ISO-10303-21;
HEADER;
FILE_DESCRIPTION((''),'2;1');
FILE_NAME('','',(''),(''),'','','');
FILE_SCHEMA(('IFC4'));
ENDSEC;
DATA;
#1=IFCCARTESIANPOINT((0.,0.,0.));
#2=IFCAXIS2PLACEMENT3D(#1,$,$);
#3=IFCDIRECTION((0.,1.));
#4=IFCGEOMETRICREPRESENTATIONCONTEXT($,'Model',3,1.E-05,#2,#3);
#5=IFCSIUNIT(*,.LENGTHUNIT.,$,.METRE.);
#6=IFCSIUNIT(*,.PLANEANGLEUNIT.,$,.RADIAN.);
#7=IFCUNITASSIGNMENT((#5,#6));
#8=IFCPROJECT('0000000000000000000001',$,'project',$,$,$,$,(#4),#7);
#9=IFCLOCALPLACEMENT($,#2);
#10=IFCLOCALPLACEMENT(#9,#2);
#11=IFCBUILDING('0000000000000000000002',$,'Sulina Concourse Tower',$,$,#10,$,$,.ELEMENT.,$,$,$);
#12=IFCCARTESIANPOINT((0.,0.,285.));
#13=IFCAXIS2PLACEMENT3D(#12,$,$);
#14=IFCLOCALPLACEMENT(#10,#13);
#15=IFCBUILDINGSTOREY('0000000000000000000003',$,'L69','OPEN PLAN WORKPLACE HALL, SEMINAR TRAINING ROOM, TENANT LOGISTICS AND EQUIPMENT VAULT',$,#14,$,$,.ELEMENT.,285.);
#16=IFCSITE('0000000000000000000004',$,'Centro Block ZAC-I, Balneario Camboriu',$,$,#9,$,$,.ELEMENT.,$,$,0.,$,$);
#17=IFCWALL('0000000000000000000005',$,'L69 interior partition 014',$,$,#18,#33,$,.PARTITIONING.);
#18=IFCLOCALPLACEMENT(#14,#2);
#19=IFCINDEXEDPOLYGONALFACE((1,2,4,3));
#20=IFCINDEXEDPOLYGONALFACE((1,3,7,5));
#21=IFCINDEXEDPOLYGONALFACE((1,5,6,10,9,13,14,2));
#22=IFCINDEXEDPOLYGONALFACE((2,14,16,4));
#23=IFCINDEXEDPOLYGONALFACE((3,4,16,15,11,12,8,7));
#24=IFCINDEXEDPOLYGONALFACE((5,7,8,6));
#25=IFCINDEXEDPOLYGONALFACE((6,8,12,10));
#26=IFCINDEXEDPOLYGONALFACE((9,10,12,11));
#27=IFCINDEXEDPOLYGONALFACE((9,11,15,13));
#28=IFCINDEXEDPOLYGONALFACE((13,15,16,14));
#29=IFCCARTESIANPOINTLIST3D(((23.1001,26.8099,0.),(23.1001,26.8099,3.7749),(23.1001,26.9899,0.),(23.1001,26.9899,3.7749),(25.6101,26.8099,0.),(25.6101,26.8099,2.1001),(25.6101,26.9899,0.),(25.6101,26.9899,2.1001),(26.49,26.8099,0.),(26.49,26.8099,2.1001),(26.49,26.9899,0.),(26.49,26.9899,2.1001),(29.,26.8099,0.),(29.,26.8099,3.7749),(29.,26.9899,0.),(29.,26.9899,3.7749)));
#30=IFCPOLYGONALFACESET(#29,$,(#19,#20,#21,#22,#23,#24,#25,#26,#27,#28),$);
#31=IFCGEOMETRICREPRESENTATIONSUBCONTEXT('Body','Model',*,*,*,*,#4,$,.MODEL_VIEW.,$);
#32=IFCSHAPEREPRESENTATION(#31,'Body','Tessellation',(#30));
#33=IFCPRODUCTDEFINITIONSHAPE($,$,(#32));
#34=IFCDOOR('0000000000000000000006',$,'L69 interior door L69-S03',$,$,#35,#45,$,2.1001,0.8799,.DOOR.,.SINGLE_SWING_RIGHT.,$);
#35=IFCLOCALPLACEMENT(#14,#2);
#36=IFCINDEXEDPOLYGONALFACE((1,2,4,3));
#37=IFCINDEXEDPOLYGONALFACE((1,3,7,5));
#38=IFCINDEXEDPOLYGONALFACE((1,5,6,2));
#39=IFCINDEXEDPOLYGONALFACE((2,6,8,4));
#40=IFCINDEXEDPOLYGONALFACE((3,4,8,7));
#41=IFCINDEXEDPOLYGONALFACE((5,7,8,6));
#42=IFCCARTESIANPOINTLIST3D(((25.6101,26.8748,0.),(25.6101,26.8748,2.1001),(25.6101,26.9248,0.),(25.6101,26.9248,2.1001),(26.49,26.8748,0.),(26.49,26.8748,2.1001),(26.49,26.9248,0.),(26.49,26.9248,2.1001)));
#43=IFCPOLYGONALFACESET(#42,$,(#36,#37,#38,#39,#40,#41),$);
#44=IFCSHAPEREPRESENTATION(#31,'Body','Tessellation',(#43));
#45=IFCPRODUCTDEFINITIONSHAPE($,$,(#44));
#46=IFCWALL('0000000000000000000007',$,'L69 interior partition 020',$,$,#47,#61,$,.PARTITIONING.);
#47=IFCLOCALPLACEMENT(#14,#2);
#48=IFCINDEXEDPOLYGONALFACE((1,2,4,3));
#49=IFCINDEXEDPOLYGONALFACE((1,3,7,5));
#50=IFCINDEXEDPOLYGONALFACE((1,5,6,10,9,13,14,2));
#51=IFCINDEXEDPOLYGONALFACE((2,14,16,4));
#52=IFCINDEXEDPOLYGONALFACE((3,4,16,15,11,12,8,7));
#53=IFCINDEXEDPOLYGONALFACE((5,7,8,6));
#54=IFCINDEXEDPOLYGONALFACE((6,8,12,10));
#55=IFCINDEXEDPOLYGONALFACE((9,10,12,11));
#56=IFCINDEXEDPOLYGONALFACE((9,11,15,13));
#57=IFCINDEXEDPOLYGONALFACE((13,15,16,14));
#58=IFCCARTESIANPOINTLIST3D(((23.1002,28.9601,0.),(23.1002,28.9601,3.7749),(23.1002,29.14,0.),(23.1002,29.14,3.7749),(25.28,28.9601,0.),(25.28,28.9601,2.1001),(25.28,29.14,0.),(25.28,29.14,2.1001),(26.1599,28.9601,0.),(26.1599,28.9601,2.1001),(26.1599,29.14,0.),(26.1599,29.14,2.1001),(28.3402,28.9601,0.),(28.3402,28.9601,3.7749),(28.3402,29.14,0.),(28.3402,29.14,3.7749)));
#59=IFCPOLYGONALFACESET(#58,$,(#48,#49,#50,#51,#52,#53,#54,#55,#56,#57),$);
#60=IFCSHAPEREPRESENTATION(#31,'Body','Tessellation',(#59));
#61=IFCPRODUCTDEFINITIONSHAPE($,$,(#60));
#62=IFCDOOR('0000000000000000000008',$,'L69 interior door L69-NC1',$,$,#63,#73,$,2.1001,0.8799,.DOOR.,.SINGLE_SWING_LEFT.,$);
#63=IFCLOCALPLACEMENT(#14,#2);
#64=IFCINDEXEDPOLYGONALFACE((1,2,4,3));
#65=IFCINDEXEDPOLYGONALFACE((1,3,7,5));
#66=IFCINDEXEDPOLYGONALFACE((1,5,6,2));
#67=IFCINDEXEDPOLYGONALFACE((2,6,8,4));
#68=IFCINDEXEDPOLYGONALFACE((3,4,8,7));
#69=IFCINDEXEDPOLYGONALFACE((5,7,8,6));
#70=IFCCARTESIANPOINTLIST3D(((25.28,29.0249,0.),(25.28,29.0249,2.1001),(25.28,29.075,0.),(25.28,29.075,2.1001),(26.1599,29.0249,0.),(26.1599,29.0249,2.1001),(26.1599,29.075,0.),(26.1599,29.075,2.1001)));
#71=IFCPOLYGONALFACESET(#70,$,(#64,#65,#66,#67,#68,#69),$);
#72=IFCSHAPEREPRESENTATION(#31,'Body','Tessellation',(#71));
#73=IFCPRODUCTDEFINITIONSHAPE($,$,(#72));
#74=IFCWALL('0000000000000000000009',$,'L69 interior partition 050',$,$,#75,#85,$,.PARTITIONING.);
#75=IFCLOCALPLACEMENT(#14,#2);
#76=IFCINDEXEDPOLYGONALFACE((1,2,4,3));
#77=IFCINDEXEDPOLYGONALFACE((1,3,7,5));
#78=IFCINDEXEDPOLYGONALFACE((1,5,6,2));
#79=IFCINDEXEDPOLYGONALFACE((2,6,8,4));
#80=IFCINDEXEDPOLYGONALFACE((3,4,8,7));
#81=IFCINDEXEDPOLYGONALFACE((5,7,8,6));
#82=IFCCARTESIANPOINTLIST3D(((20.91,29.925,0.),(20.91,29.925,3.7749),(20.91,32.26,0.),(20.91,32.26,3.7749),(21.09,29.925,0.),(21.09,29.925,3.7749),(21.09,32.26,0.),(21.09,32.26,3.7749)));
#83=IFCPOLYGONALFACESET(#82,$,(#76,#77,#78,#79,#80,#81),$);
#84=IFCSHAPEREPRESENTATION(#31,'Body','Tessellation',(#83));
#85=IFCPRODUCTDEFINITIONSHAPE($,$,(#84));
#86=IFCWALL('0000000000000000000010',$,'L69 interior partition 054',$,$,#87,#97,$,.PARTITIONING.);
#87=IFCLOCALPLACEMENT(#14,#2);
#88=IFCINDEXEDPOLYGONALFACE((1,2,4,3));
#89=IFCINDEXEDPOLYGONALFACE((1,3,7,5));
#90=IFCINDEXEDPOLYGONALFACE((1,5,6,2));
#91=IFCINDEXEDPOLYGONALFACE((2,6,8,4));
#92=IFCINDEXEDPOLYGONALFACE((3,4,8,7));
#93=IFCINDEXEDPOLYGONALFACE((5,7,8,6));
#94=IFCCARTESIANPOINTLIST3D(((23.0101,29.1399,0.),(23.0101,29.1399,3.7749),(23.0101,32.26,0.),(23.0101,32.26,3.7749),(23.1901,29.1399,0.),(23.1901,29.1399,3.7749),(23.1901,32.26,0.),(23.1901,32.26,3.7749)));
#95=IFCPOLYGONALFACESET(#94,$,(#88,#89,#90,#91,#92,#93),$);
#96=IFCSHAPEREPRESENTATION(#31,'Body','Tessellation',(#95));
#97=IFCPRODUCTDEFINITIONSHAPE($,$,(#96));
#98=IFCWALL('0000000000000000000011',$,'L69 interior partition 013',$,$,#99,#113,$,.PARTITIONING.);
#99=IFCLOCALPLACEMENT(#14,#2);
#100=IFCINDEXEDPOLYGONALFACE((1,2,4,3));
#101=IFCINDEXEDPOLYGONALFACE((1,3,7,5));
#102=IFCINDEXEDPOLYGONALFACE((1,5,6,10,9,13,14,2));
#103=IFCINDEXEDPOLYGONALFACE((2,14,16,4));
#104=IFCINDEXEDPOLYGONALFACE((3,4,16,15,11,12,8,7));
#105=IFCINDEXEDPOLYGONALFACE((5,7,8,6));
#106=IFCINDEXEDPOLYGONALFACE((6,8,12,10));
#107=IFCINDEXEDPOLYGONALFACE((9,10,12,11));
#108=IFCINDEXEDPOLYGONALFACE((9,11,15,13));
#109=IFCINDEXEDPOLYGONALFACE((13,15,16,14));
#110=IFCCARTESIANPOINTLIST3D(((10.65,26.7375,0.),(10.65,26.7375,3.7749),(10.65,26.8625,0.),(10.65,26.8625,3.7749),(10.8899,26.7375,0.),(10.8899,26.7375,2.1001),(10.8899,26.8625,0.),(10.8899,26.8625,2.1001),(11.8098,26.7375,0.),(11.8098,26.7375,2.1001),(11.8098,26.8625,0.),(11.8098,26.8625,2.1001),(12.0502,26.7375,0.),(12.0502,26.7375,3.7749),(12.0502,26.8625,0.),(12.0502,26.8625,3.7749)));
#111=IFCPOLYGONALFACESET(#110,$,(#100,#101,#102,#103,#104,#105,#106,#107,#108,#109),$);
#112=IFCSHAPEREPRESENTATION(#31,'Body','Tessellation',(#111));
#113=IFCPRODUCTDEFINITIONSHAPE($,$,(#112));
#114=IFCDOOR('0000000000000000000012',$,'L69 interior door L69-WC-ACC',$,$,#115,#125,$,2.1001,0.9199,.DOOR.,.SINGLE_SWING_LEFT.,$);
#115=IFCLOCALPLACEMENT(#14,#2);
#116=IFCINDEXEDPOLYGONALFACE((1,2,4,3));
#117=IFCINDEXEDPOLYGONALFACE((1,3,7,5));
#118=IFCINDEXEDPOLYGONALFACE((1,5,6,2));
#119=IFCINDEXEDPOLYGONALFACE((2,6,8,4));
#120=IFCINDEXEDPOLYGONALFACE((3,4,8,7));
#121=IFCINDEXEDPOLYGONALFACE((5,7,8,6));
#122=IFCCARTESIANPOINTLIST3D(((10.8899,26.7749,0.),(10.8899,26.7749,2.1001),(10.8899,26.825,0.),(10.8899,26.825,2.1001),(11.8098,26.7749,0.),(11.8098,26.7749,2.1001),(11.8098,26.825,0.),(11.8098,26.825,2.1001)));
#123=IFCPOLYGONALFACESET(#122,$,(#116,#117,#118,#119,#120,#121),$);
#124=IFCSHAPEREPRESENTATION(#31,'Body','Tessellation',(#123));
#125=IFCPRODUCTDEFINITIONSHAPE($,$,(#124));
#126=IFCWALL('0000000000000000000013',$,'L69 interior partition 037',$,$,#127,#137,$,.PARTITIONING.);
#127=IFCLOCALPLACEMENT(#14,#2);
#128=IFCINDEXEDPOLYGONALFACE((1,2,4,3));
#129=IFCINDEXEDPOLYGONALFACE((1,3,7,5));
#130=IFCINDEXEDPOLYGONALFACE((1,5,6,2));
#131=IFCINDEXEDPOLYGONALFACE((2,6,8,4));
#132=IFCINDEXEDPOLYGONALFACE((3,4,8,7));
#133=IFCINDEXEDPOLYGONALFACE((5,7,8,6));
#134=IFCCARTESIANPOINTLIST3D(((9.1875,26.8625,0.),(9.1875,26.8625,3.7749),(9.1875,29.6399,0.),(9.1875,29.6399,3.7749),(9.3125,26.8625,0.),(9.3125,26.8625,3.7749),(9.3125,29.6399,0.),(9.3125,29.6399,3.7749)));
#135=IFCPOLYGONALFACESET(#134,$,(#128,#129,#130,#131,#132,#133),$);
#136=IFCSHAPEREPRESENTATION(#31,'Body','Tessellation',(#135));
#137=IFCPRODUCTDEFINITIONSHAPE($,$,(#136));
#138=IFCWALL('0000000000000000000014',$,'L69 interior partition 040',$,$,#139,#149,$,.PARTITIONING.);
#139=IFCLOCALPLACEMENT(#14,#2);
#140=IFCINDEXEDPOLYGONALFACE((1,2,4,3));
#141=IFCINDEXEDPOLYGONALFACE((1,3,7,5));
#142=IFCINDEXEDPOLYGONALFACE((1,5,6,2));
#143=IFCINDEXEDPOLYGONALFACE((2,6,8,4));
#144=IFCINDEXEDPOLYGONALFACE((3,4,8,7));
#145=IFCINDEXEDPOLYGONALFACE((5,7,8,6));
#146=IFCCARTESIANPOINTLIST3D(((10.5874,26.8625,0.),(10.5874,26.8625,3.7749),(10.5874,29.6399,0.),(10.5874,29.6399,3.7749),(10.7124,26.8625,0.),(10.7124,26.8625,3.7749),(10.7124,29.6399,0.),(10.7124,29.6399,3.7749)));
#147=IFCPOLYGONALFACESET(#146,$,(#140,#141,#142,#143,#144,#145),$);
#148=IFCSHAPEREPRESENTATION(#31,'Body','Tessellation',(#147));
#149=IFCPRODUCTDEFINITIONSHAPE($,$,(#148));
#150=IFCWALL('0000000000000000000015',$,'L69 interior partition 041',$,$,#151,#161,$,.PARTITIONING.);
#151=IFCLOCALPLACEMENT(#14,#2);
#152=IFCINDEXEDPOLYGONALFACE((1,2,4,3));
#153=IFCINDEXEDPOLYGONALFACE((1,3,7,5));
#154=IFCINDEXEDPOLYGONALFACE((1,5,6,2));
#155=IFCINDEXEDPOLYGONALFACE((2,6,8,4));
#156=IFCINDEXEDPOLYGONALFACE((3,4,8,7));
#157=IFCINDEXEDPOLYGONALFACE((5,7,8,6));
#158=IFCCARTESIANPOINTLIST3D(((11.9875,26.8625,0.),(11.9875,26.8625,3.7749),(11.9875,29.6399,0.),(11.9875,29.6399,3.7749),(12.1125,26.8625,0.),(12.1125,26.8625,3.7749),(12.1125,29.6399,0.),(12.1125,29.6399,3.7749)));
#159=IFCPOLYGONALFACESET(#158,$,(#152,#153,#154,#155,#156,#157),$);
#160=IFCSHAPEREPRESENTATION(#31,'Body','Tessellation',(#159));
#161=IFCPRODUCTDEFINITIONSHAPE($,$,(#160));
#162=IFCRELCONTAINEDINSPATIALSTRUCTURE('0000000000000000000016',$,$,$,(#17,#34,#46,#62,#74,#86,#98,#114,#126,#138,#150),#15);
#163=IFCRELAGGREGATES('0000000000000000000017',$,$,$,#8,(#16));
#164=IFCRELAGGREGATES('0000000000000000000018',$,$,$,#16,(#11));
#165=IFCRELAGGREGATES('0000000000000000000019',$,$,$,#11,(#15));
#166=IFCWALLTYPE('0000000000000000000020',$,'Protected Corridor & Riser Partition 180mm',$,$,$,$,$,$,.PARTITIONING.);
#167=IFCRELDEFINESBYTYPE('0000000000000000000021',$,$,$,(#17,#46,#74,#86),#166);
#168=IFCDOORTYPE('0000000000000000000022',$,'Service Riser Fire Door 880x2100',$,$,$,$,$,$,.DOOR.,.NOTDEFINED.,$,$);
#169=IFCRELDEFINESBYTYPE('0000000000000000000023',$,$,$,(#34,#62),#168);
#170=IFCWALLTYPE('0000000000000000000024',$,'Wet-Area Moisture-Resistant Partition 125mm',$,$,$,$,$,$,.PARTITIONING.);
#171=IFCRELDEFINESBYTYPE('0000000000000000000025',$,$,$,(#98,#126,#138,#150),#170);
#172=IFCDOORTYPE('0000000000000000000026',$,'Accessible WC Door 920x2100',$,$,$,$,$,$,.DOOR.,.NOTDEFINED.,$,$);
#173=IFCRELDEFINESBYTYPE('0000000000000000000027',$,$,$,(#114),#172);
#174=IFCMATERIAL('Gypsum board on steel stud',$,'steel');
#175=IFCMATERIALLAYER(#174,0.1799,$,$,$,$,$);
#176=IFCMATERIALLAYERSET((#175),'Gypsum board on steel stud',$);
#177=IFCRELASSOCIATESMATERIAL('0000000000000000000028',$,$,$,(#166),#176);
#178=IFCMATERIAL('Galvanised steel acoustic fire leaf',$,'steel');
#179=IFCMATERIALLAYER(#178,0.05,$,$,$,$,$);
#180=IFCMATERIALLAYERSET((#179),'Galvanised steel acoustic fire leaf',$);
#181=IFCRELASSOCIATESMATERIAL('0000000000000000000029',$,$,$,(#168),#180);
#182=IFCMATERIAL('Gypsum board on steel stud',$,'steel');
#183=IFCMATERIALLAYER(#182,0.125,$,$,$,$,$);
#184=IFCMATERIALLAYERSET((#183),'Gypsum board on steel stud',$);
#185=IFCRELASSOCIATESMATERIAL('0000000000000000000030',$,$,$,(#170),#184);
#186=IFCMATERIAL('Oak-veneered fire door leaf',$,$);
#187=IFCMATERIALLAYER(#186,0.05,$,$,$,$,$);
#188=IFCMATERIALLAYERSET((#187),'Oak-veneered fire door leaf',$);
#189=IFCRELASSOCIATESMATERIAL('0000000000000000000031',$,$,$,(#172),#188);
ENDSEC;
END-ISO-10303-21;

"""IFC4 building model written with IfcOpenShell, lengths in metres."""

from ifc_helpers import new_model, si_unit, direction, frame, frame_2d, origin, place, context, subcontext, project, spatial, rectangle, extrude, material, layer, layer_set, type_object, element, fill, save


model = new_model("IFC4")

# Units and contexts
model_context = context("Model", 3, precision=1e-05, world=origin(), true_north=direction((0.0, 1.0)))
body_context = subcontext(model_context, "Body", "Model", "MODEL_VIEW")
ifc_project = project(units=[si_unit("LENGTHUNIT", "METRE"), si_unit("PLANEANGLEUNIT", "RADIAN")], contexts=[model_context])

# Site, building, storey
site_placement = place(None, origin())
site = spatial("IfcSite", under=ifc_project, at=site_placement, Name="Centro Block ZAC-I, Balneario Camboriu", CompositionType="ELEMENT", RefElevation=0.0)
building_placement = place(site_placement, origin())
building = spatial("IfcBuilding", under=site, at=building_placement, Name="Sulina Concourse Tower", CompositionType="ELEMENT")
storey_placement = place(building_placement, frame((0.0, 0.0, 285.0)))
storey = spatial("IfcBuildingStorey", under=building, at=storey_placement, Name="L69", Description="OPEN PLAN WORKPLACE HALL, SEMINAR TRAINING ROOM, TENANT LOGISTICS AND EQUIPMENT VAULT", CompositionType="ELEMENT", Elevation=285.0)

# Walls, openings, doors
ifc_material_1 = material(Name="Gypsum board on steel stud", Category="steel")
ifc_layer_1 = layer(ifc_material_1, 0.1799)
ifc_layer_set_1 = layer_set([ifc_layer_1], Name="Gypsum board on steel stud")
wall_type_1 = type_object("IfcWallType", Name="Protected Corridor & Riser Partition 180mm", PredefinedType="PARTITIONING", material=ifc_layer_set_1)
wall_1_placement = place(storey_placement, frame((23.1001, 26.8999, 0.0), z_axis=(0.0, 0.0, 1.0), x_axis=(1.0, 0.0, 0.0)))
wall_1 = element("IfcWall", 1, at=wall_1_placement, inside=storey, type_object=wall_type_1, Name="L69 interior partition 014", PredefinedType="PARTITIONING", context=body_context, shape_type="SweptSolid", body=[
    extrude(rectangle(XDim=5.8999, YDim=0.1799, at=frame_2d((2.95, 0.0))), origin(), (0.0, 0.0, 1.0), 3.7749),
])
opening_1_placement = place(wall_1_placement, frame((2.51, 0.0, 0.0)))
opening_1 = element("IfcOpeningElement", 2, at=opening_1_placement, cuts=wall_1, PredefinedType="OPENING", context=body_context, shape_type="SweptSolid", body=[
    extrude(rectangle(XDim=0.8799, YDim=2.1001, at=frame_2d((0.4399, 1.05))), frame((0.0, 0.0999, 0.0), z_axis=(0.0, -1.0, 0.0), x_axis=(1.0, 0.0, 0.0)), (0.0, 0.0, 1.0), 0.2),
])
ifc_material_2 = material(Name="Galvanised steel acoustic fire leaf", Category="steel")
ifc_layer_2 = layer(ifc_material_2, 0.05)
ifc_layer_set_2 = layer_set([ifc_layer_2], Name="Galvanised steel acoustic fire leaf")
door_type_1 = type_object("IfcDoorType", Name="Service Riser Fire Door 880x2100", OperationType="NOTDEFINED", PredefinedType="DOOR", material=ifc_layer_set_2)
door_1_placement = place(opening_1_placement, origin())
door_1 = element("IfcDoor", 3, at=door_1_placement, inside=storey, type_object=door_type_1, Name="L69 interior door L69-S03", OperationType="SINGLE_SWING_RIGHT", OverallHeight=2.1001, OverallWidth=0.8799, PredefinedType="DOOR", context=body_context, shape_type="SweptSolid", body=[
    extrude(rectangle(XDim=0.8799, YDim=2.1001, at=frame_2d((0.4399, 1.05))), frame((0.0, 0.0249, 0.0), z_axis=(0.0, -1.0, 0.0), x_axis=(1.0, 0.0, 0.0)), (0.0, 0.0, 1.0), 0.05),
])
fill(opening_1, door_1)
wall_2_placement = place(storey_placement, frame((23.1001, 29.05, 0.0), z_axis=(0.0, 0.0, 1.0), x_axis=(1.0, 0.0, 0.0)))
wall_2 = element("IfcWall", 4, at=wall_2_placement, inside=storey, type_object=wall_type_1, Name="L69 interior partition 020", PredefinedType="PARTITIONING", context=body_context, shape_type="SweptSolid", body=[
    extrude(rectangle(XDim=5.24, YDim=0.1799, at=frame_2d((2.6201, 0.0))), origin(), (0.0, 0.0, 1.0), 3.7749),
])
opening_2_placement = place(wall_2_placement, frame((2.1799, 0.0, 0.0)))
opening_2 = element("IfcOpeningElement", 5, at=opening_2_placement, cuts=wall_2, PredefinedType="OPENING", context=body_context, shape_type="SweptSolid", body=[
    extrude(rectangle(XDim=0.8799, YDim=2.1001, at=frame_2d((0.4399, 1.05))), frame((0.0, 0.0999, 0.0), z_axis=(0.0, -1.0, 0.0), x_axis=(1.0, 0.0, 0.0)), (0.0, 0.0, 1.0), 0.2),
])
door_2_placement = place(opening_2_placement, origin())
door_2 = element("IfcDoor", 6, at=door_2_placement, inside=storey, type_object=door_type_1, Name="L69 interior door L69-NC1", OperationType="SINGLE_SWING_LEFT", OverallHeight=2.1001, OverallWidth=0.8799, PredefinedType="DOOR", context=body_context, shape_type="SweptSolid", body=[
    extrude(rectangle(XDim=0.8799, YDim=2.1001, at=frame_2d((0.4399, 1.05))), frame((0.0, 0.0249, 0.0), z_axis=(0.0, -1.0, 0.0), x_axis=(1.0, 0.0, 0.0)), (0.0, 0.0, 1.0), 0.05),
])
fill(opening_2, door_2)

# Walls
wall_3_placement = place(storey_placement, frame((21.0, 29.925, 0.0), z_axis=(0.0, 0.0, 1.0), x_axis=(0.0, 1.0, 0.0)))
element("IfcWall", 7, at=wall_3_placement, inside=storey, type_object=wall_type_1, Name="L69 interior partition 050", PredefinedType="PARTITIONING", context=body_context, shape_type="SweptSolid", body=[
    extrude(rectangle(XDim=2.335, YDim=0.1799, at=frame_2d((1.1675, 0.0))), origin(), (0.0, 0.0, 1.0), 3.7749),
])
wall_4_placement = place(storey_placement, frame((23.1001, 29.1399, 0.0), z_axis=(0.0, 0.0, 1.0), x_axis=(0.0, 1.0, 0.0)))
element("IfcWall", 8, at=wall_4_placement, inside=storey, type_object=wall_type_1, Name="L69 interior partition 054", PredefinedType="PARTITIONING", context=body_context, shape_type="SweptSolid", body=[
    extrude(rectangle(XDim=3.1201, YDim=0.1799, at=frame_2d((1.5601, 0.0))), origin(), (0.0, 0.0, 1.0), 3.7749),
])

# Wall, opening, door
ifc_material_3 = material(Name="Gypsum board on steel stud", Category="steel")
ifc_layer_3 = layer(ifc_material_3, 0.125)
ifc_layer_set_3 = layer_set([ifc_layer_3], Name="Gypsum board on steel stud")
wall_type_2 = type_object("IfcWallType", Name="Wet-Area Moisture-Resistant Partition 125mm", PredefinedType="PARTITIONING", material=ifc_layer_set_3)
wall_5_placement = place(storey_placement, frame((10.6499, 26.8, 0.0), z_axis=(0.0, 0.0, 1.0), x_axis=(1.0, 0.0, 0.0)))
wall_5 = element("IfcWall", 9, at=wall_5_placement, inside=storey, type_object=wall_type_2, Name="L69 interior partition 013", PredefinedType="PARTITIONING", context=body_context, shape_type="SweptSolid", body=[
    extrude(rectangle(XDim=1.4001, YDim=0.125, at=frame_2d((0.7002, 0.0))), origin(), (0.0, 0.0, 1.0), 3.7749),
])
opening_3_placement = place(wall_5_placement, frame((0.24, 0.0, 0.0)))
opening_3 = element("IfcOpeningElement", 10, at=opening_3_placement, cuts=wall_5, PredefinedType="OPENING", context=body_context, shape_type="SweptSolid", body=[
    extrude(rectangle(XDim=0.9199, YDim=2.1001, at=frame_2d((0.46, 1.05))), frame((0.0, 0.0725, 0.0), z_axis=(0.0, -1.0, 0.0), x_axis=(1.0, 0.0, 0.0)), (0.0, 0.0, 1.0), 0.145),
])
ifc_material_4 = material(Name="Oak-veneered fire door leaf")
ifc_layer_4 = layer(ifc_material_4, 0.05)
ifc_layer_set_4 = layer_set([ifc_layer_4], Name="Oak-veneered fire door leaf")
door_type_2 = type_object("IfcDoorType", Name="Accessible WC Door 920x2100", OperationType="NOTDEFINED", PredefinedType="DOOR", material=ifc_layer_set_4)
door_3_placement = place(opening_3_placement, origin())
door_3 = element("IfcDoor", 11, at=door_3_placement, inside=storey, type_object=door_type_2, Name="L69 interior door L69-WC-ACC", OperationType="SINGLE_SWING_LEFT", OverallHeight=2.1001, OverallWidth=0.9199, PredefinedType="DOOR", context=body_context, shape_type="SweptSolid", body=[
    extrude(rectangle(XDim=0.9199, YDim=2.1001, at=frame_2d((0.46, 1.05))), frame((0.0, 0.0249, 0.0), z_axis=(0.0, -1.0, 0.0), x_axis=(1.0, 0.0, 0.0)), (0.0, 0.0, 1.0), 0.05),
])
fill(opening_3, door_3)

# Walls
for number, where, z_axis, x_axis, name in (
    (12, (9.25, 26.8625, 0.0), (0.0, 0.0, 1.0), (0.0, 1.0, 0.0), "L69 interior partition 037"),
    (13, (10.6499, 26.8625, 0.0), (0.0, 0.0, 1.0), (0.0, 1.0, 0.0), "L69 interior partition 040"),
    (14, (12.05, 26.8625, 0.0), (0.0, 0.0, 1.0), (0.0, 1.0, 0.0), "L69 interior partition 041"),
):
    element("IfcWall", number, at=place(storey_placement, frame(where, z_axis=z_axis, x_axis=x_axis)), inside=storey, type_object=wall_type_2, Name=name, PredefinedType="PARTITIONING", context=body_context, shape_type="SweptSolid", body=[
        extrude(rectangle(XDim=2.7773, YDim=0.125, at=frame_2d((1.3887, 0.0))), origin(), (0.0, 0.0, 1.0), 3.7749),
    ])

save(model, "model.ifc")
